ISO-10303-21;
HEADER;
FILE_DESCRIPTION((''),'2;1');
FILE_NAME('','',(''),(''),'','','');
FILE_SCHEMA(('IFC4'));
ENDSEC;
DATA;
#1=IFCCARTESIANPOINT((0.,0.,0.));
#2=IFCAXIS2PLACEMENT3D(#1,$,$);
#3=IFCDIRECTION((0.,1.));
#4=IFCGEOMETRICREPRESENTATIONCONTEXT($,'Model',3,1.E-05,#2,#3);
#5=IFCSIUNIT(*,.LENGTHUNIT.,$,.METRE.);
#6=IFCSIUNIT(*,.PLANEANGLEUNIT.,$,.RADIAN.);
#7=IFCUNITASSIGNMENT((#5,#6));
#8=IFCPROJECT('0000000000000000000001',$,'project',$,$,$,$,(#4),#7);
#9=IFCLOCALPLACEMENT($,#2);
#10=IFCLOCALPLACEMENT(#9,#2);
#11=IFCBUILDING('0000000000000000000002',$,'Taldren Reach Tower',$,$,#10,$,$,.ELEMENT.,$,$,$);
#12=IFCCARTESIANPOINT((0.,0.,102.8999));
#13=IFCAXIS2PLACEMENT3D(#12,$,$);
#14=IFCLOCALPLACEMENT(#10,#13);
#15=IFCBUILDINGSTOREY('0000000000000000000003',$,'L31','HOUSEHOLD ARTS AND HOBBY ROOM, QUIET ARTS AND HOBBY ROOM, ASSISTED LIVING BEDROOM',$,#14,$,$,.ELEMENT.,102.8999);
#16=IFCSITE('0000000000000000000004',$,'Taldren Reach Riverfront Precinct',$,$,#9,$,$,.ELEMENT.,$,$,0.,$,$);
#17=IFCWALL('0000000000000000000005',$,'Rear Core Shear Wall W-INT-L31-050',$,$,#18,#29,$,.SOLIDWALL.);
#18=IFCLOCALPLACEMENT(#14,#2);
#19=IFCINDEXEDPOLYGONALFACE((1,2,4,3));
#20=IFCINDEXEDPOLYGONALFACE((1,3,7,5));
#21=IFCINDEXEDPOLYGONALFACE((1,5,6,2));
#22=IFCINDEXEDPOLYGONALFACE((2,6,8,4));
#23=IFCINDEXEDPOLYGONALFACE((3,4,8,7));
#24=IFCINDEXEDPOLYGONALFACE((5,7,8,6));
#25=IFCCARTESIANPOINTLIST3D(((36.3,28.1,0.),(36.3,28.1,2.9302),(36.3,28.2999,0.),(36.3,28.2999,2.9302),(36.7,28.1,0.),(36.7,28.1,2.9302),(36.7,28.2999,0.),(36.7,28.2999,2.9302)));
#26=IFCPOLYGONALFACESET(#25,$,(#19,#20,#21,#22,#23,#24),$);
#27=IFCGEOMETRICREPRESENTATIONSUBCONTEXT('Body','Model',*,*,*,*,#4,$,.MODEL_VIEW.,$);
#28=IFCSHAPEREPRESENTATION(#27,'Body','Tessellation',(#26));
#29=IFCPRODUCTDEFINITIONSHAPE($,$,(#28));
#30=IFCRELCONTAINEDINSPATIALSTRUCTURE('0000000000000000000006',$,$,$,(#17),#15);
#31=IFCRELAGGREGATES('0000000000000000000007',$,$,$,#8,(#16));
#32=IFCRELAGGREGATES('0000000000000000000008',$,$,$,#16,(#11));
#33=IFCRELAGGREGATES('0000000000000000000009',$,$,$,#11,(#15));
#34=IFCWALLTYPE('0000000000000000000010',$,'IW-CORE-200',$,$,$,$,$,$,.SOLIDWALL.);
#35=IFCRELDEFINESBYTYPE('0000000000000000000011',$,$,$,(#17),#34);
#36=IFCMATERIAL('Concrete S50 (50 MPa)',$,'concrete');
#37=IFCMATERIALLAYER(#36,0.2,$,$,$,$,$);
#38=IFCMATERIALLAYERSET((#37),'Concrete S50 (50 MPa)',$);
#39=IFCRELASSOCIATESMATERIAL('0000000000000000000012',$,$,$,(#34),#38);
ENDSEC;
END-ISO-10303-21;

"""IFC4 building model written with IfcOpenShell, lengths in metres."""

from ifc_helpers import new_model, si_unit, direction, frame, frame_2d, origin, place, context, subcontext, project, spatial, rectangle, extrude, source, transform, mapped, material, layer, layer_set, type_object, element, save


model = new_model("IFC4")

# Units and contexts
model_context = context("Model", 3, precision=1e-05, world=origin(), true_north=direction((0.0, 1.0)))
body_context = subcontext(model_context, "Body", "Model", "MODEL_VIEW")
ifc_project = project(units=[si_unit("LENGTHUNIT", "METRE"), si_unit("PLANEANGLEUNIT", "RADIAN")], contexts=[model_context])

# Site, building, storey
site_placement = place(None, origin())
site = spatial("IfcSite", under=ifc_project, at=site_placement, Name="Taldren Reach Riverfront Precinct", CompositionType="ELEMENT", RefElevation=0.0)
building_placement = place(site_placement, origin())
building = spatial("IfcBuilding", under=site, at=building_placement, Name="Taldren Reach Tower", CompositionType="ELEMENT")
storey_placement = place(building_placement, frame((0.0, 0.0, 102.8999)))
storey = spatial("IfcBuildingStorey", under=building, at=storey_placement, Name="L31", Description="HOUSEHOLD ARTS AND HOBBY ROOM, QUIET ARTS AND HOBBY ROOM, ASSISTED LIVING BEDROOM", CompositionType="ELEMENT", Elevation=102.8999)

# Shared definitions
ifc_material_1 = material(Name="Concrete S50 (50 MPa)", Category="concrete")
ifc_layer_1 = layer(ifc_material_1, 0.2)
ifc_layer_set_1 = layer_set([ifc_layer_1], Name="Concrete S50 (50 MPa)")
wall_type_1 = type_object("IfcWallType", Name="IW-CORE-200", PredefinedType="SOLIDWALL", material=ifc_layer_set_1)

# Wall
shared_shape_1 = source(origin(), body_context, "Body", "SweptSolid", [
    extrude(rectangle(XDim=0.3999, YDim=0.2, at=frame_2d((0.2, 0.0))), origin(), (0.0, 0.0, 1.0), 2.9302),
])
wall_1_placement = place(storey_placement, frame((36.7, 28.2, 0.0), z_axis=(0.0, 0.0, 1.0), x_axis=(-1.0, 0.0, 0.0)))
element("IfcWall", 1, at=wall_1_placement, inside=storey, type_object=wall_type_1, Name="Rear Core Shear Wall W-INT-L31-050", PredefinedType="SOLIDWALL", context=body_context, shape_type="MappedRepresentation", body=[
    mapped(shared_shape_1, transform((0.0, 0.0, 0.0), scale=1.0)),
])

save(model, "model.ifc")
